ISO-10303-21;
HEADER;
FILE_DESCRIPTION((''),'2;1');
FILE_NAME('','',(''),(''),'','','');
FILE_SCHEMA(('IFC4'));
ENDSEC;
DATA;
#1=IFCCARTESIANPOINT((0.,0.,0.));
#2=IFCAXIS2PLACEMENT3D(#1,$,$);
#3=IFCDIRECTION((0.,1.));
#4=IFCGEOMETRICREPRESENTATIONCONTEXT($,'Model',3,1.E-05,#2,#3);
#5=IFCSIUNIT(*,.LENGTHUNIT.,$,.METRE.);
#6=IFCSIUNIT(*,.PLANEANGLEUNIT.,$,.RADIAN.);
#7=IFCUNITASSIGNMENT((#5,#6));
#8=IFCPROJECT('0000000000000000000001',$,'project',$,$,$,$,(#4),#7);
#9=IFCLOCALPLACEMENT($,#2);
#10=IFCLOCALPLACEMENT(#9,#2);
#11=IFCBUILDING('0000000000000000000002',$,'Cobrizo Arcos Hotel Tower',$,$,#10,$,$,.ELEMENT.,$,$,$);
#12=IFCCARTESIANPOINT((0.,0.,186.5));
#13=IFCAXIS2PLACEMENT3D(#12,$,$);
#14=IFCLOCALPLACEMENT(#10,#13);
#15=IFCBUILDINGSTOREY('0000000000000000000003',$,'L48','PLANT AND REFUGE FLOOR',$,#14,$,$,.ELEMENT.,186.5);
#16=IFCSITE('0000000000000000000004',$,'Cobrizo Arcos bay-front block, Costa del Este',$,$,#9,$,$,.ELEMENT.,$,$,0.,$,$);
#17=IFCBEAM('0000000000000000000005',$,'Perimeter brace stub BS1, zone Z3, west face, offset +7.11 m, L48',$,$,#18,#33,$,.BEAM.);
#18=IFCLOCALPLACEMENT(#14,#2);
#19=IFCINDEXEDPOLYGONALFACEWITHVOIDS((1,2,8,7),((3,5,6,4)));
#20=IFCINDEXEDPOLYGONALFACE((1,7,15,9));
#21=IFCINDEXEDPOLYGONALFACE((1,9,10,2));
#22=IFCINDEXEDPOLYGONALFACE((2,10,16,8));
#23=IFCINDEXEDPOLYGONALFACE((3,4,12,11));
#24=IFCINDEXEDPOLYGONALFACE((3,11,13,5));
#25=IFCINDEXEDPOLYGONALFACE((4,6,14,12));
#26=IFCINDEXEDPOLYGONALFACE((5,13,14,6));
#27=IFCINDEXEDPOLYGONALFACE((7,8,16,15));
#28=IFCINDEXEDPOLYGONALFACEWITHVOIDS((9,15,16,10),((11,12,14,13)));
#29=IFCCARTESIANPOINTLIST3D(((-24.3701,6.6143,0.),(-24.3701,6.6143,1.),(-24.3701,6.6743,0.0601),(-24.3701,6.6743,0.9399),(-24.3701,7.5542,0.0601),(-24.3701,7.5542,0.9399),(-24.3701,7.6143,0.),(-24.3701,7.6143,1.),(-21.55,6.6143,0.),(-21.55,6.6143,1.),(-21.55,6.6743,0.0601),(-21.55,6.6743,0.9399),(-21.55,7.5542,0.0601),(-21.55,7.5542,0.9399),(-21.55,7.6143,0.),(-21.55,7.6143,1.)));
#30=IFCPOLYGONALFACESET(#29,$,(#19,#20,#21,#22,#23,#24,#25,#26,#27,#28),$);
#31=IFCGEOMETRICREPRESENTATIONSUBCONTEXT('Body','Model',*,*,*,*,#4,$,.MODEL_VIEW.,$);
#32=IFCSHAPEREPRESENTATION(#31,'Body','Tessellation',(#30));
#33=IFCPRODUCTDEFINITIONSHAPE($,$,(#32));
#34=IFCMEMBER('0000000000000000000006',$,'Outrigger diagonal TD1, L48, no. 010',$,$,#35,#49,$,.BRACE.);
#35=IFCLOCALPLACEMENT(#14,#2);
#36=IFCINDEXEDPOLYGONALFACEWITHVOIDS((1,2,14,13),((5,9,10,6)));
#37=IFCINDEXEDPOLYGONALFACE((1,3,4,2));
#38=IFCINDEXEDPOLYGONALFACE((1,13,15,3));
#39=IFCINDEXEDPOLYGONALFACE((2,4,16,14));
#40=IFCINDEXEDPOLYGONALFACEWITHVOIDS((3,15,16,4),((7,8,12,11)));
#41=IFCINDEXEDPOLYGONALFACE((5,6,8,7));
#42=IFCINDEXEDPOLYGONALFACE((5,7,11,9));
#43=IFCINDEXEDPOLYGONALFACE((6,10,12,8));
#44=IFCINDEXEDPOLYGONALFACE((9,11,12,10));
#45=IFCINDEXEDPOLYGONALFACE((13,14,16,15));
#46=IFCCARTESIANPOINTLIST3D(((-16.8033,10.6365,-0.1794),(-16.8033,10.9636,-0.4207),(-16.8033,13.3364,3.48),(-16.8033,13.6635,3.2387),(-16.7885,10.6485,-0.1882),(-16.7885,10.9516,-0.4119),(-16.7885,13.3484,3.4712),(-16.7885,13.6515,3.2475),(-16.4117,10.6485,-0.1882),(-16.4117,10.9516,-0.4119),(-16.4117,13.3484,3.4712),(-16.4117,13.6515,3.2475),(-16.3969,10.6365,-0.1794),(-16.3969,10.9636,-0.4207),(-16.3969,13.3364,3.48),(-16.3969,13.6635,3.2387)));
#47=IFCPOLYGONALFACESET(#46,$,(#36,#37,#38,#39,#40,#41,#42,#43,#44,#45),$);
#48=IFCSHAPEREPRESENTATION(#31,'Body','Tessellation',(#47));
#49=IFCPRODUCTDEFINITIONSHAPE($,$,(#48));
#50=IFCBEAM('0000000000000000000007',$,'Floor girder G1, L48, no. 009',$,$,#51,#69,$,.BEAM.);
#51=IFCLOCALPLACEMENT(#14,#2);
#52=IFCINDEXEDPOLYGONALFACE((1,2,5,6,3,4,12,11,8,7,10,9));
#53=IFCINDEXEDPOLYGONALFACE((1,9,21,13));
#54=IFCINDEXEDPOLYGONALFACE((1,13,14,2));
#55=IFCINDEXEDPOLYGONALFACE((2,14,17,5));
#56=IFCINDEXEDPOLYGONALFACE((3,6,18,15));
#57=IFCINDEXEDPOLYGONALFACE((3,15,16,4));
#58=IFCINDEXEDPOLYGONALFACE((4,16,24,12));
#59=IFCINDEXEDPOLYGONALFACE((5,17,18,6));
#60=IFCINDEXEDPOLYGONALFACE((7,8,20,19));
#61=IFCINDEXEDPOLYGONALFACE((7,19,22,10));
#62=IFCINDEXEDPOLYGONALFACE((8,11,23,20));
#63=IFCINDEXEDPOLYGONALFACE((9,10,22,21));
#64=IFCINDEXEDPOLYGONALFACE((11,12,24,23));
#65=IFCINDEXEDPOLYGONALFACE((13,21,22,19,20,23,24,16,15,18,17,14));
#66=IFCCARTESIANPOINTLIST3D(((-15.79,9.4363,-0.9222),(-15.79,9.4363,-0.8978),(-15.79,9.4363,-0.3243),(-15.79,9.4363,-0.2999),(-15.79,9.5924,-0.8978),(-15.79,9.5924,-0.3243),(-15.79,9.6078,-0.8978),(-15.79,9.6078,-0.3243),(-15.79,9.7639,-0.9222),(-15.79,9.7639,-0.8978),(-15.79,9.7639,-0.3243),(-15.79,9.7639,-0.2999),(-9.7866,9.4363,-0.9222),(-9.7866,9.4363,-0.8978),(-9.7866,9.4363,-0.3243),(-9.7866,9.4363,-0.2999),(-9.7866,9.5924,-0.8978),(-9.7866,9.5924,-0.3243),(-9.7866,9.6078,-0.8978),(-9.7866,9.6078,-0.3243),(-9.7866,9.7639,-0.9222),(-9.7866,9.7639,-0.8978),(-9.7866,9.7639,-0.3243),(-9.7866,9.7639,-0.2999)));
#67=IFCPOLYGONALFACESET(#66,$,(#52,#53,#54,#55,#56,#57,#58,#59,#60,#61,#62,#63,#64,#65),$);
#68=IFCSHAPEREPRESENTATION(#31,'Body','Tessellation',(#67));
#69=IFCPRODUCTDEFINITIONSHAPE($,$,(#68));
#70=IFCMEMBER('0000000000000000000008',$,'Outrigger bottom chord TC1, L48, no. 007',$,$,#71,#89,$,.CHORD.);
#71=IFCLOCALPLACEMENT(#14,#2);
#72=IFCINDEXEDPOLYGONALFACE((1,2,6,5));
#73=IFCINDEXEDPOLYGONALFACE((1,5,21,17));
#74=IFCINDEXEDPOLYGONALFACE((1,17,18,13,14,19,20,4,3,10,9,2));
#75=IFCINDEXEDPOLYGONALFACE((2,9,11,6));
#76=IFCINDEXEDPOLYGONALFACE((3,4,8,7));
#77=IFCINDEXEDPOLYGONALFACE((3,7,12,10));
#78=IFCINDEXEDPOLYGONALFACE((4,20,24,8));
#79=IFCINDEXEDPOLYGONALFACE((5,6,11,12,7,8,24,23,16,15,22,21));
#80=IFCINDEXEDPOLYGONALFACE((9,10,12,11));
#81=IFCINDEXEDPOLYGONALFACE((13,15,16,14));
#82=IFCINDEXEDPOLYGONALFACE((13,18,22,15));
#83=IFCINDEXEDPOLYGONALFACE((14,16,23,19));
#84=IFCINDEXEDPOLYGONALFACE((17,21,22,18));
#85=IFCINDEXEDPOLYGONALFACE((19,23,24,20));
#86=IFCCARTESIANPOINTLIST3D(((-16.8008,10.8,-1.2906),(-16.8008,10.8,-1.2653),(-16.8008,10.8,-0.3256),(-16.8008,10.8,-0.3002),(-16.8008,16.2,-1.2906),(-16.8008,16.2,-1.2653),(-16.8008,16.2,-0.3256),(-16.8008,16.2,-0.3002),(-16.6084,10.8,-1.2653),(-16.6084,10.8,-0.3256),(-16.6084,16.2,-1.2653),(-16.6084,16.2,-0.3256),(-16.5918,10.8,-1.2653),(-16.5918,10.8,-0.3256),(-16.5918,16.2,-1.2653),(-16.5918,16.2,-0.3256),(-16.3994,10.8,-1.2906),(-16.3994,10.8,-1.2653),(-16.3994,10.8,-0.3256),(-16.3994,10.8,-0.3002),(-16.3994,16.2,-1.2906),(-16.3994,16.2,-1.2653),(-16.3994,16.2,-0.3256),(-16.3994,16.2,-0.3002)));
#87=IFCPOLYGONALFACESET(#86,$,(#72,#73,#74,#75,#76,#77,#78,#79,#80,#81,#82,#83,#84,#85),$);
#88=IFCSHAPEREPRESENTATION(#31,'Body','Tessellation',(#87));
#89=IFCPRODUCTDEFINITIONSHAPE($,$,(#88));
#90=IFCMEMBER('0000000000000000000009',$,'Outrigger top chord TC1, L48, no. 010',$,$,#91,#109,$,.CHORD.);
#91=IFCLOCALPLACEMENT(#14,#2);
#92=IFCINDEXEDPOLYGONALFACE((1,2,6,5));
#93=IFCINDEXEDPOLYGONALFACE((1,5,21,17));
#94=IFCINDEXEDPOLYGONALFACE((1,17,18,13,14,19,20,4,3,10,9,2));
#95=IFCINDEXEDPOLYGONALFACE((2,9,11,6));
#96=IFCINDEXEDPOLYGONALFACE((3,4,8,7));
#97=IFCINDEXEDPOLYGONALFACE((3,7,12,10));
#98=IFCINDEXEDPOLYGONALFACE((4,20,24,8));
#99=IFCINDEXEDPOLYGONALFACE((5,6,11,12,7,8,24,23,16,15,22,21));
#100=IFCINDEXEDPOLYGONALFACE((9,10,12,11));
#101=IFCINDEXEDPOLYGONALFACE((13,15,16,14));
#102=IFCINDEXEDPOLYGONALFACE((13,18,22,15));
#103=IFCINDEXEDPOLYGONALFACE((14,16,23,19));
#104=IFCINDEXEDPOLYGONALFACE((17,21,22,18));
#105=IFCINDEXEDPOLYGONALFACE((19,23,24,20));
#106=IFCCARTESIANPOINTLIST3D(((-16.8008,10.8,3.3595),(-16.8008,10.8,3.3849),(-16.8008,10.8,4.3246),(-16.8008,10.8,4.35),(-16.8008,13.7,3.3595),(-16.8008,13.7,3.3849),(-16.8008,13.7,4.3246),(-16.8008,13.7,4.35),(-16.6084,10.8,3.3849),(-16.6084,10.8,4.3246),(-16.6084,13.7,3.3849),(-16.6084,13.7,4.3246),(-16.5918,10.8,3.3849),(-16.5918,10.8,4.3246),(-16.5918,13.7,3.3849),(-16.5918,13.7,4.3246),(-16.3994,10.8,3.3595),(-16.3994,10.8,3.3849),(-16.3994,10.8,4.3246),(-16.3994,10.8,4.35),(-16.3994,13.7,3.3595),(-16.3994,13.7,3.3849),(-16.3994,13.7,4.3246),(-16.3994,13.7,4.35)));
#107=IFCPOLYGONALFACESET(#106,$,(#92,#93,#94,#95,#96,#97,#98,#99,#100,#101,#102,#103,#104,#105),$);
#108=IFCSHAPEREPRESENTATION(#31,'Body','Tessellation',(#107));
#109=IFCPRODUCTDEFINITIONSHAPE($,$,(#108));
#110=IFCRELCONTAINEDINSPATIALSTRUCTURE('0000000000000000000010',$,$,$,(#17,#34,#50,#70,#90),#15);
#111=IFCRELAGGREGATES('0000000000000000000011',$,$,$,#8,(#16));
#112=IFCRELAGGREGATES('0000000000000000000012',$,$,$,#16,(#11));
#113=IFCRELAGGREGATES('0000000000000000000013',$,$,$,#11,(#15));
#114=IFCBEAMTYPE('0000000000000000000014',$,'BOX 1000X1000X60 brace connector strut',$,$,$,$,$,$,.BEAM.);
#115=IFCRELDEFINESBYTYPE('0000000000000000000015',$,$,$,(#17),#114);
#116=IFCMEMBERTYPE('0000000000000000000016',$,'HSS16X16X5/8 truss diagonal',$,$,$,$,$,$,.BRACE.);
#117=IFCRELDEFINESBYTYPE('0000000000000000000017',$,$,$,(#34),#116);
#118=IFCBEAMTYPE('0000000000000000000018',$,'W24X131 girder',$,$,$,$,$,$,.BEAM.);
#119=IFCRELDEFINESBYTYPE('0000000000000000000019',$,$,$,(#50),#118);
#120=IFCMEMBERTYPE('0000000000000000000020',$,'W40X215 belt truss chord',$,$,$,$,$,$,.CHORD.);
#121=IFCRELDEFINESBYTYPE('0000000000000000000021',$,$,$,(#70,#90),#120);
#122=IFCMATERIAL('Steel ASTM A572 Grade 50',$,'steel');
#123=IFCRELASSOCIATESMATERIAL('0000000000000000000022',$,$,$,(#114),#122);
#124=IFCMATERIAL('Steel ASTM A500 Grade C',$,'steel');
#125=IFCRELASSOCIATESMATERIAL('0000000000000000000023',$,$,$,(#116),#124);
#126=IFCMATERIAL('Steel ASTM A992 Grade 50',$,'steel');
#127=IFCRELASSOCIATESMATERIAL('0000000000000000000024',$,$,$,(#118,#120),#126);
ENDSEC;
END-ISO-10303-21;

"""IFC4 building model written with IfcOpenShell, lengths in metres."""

from ifc_helpers import new_model, si_unit, direction, frame, origin, origin_2d, place, context, subcontext, project, spatial, hollow_rectangle, i_section, extrude, material, material_profile, profile_set, type_object, element, save


model = new_model("IFC4")

# Units and contexts
model_context = context("Model", 3, precision=1e-05, world=origin(), true_north=direction((0.0, 1.0)))
body_context = subcontext(model_context, "Body", "Model", "MODEL_VIEW")
ifc_project = project(units=[si_unit("LENGTHUNIT", "METRE"), si_unit("PLANEANGLEUNIT", "RADIAN")], contexts=[model_context])

# Site, building, storey
site_placement = place(None, origin())
site = spatial("IfcSite", under=ifc_project, at=site_placement, Name="Cobrizo Arcos bay-front block, Costa del Este", CompositionType="ELEMENT", RefElevation=0.0)
building_placement = place(site_placement, origin())
building = spatial("IfcBuilding", under=site, at=building_placement, Name="Cobrizo Arcos Hotel Tower", CompositionType="ELEMENT")
storey_placement = place(building_placement, frame((0.0, 0.0, 186.5)))
storey = spatial("IfcBuildingStorey", under=building, at=storey_placement, Name="L48", Description="PLANT AND REFUGE FLOOR", CompositionType="ELEMENT", Elevation=186.5)

# Beam
ifc_material_1 = material(Name="Steel ASTM A572 Grade 50", Category="steel")
ifc_material_profile_1 = material_profile(ifc_material_1, hollow_rectangle(XDim=1.0, YDim=1.0, WallThickness=0.0601, at=origin_2d()), Name="BOX 1000X1000X60")
ifc_profile_set_1 = profile_set([ifc_material_profile_1], Name="Steel ASTM A572 Grade 50")
beam_type_1 = type_object("IfcBeamType", Name="BOX 1000X1000X60 brace connector strut", PredefinedType="BEAM", material=ifc_profile_set_1)
beam_1_placement = place(storey_placement, frame((-21.55, 7.1143, 0.5), z_axis=(-1.0, 0.0, 0.0), x_axis=(0.0, -1.0, 0.0)))
element("IfcBeam", 1, at=beam_1_placement, inside=storey, type_object=beam_type_1, Name="Perimeter brace stub BS1, zone Z3, west face, offset +7.11 m, L48", PredefinedType="BEAM", context=body_context, shape_type="SweptSolid", body=[
    extrude(hollow_rectangle(XDim=1.0, YDim=1.0, WallThickness=0.0601, at=origin_2d()), origin(), (0.0, 0.0, 1.0), 2.8201),
])

# Member
ifc_material_2 = material(Name="Steel ASTM A500 Grade C", Category="steel")
ifc_material_profile_2 = material_profile(ifc_material_2, hollow_rectangle(XDim=0.4065, YDim=0.4065, WallThickness=0.0149, at=origin_2d()), Name="HSS16X16X5/8")
ifc_profile_set_2 = profile_set([ifc_material_profile_2], Name="Steel ASTM A500 Grade C")
member_type_1 = type_object("IfcMemberType", Name="HSS16X16X5/8 truss diagonal", PredefinedType="BRACE", material=ifc_profile_set_2)
member_1_placement = place(storey_placement, frame((-16.6001, 10.8, -0.3), z_axis=(0.0, 0.593703, 0.804685), x_axis=(-1.0, 0.0, 0.0)))
element("IfcMember", 2, at=member_1_placement, inside=storey, type_object=member_type_1, Name="Outrigger diagonal TD1, L48, no. 010", PredefinedType="BRACE", context=body_context, shape_type="SweptSolid", body=[
    extrude(hollow_rectangle(XDim=0.4065, YDim=0.4065, WallThickness=0.0149, at=origin_2d()), origin(), (0.0, 0.0, 1.0), 4.5476),
])

# Beam
ifc_material_3 = material(Name="Steel ASTM A992 Grade 50", Category="steel")
ifc_material_profile_3 = material_profile(ifc_material_3, i_section(OverallWidth=0.3276, OverallDepth=0.6223, WebThickness=0.0154, FlangeThickness=0.0244, at=origin_2d()), Name="W24X131")
ifc_profile_set_3 = profile_set([ifc_material_profile_3], Name="Steel ASTM A992 Grade 50")
beam_type_2 = type_object("IfcBeamType", Name="W24X131 girder", PredefinedType="BEAM", material=ifc_profile_set_3)
beam_2_placement = place(storey_placement, frame((-15.79, 9.6001, -0.6111), z_axis=(1.0, 0.0, 0.0), x_axis=(0.0, 1.0, 0.0)))
element("IfcBeam", 3, at=beam_2_placement, inside=storey, type_object=beam_type_2, Name="Floor girder G1, L48, no. 009", PredefinedType="BEAM", context=body_context, shape_type="SweptSolid", body=[
    extrude(i_section(OverallWidth=0.3276, OverallDepth=0.6223, WebThickness=0.0154, FlangeThickness=0.0244, at=origin_2d()), origin(), (0.0, 0.0, 1.0), 6.0034),
])

# Members
ifc_material_profile_4 = material_profile(ifc_material_3, i_section(OverallWidth=0.4014, OverallDepth=0.9905, WebThickness=0.0166, FlangeThickness=0.0254, at=origin_2d()), Name="W40X215")
ifc_profile_set_4 = profile_set([ifc_material_profile_4], Name="Steel ASTM A992 Grade 50")
member_type_2 = type_object("IfcMemberType", Name="W40X215 belt truss chord", PredefinedType="CHORD", material=ifc_profile_set_4)
member_2_placement = place(storey_placement, frame((-16.6001, 10.8, -0.7954), z_axis=(0.0, 1.0, 0.0), x_axis=(-1.0, 0.0, 0.0)))
element("IfcMember", 4, at=member_2_placement, inside=storey, type_object=member_type_2, Name="Outrigger bottom chord TC1, L48, no. 007", PredefinedType="CHORD", context=body_context, shape_type="SweptSolid", body=[
    extrude(i_section(OverallWidth=0.4014, OverallDepth=0.9905, WebThickness=0.0166, FlangeThickness=0.0254, at=origin_2d()), origin(), (0.0, 0.0, 1.0), 5.3999),
])
member_3_placement = place(storey_placement, frame((-16.6001, 10.8, 3.8547), z_axis=(0.0, 1.0, 0.0), x_axis=(-1.0, 0.0, 0.0)))
element("IfcMember", 5, at=member_3_placement, inside=storey, type_object=member_type_2, Name="Outrigger top chord TC1, L48, no. 010", PredefinedType="CHORD", context=body_context, shape_type="SweptSolid", body=[
    extrude(i_section(OverallWidth=0.4014, OverallDepth=0.9905, WebThickness=0.0166, FlangeThickness=0.0254, at=origin_2d()), origin(), (0.0, 0.0, 1.0), 2.8999),
])

save(model, "model.ifc")
